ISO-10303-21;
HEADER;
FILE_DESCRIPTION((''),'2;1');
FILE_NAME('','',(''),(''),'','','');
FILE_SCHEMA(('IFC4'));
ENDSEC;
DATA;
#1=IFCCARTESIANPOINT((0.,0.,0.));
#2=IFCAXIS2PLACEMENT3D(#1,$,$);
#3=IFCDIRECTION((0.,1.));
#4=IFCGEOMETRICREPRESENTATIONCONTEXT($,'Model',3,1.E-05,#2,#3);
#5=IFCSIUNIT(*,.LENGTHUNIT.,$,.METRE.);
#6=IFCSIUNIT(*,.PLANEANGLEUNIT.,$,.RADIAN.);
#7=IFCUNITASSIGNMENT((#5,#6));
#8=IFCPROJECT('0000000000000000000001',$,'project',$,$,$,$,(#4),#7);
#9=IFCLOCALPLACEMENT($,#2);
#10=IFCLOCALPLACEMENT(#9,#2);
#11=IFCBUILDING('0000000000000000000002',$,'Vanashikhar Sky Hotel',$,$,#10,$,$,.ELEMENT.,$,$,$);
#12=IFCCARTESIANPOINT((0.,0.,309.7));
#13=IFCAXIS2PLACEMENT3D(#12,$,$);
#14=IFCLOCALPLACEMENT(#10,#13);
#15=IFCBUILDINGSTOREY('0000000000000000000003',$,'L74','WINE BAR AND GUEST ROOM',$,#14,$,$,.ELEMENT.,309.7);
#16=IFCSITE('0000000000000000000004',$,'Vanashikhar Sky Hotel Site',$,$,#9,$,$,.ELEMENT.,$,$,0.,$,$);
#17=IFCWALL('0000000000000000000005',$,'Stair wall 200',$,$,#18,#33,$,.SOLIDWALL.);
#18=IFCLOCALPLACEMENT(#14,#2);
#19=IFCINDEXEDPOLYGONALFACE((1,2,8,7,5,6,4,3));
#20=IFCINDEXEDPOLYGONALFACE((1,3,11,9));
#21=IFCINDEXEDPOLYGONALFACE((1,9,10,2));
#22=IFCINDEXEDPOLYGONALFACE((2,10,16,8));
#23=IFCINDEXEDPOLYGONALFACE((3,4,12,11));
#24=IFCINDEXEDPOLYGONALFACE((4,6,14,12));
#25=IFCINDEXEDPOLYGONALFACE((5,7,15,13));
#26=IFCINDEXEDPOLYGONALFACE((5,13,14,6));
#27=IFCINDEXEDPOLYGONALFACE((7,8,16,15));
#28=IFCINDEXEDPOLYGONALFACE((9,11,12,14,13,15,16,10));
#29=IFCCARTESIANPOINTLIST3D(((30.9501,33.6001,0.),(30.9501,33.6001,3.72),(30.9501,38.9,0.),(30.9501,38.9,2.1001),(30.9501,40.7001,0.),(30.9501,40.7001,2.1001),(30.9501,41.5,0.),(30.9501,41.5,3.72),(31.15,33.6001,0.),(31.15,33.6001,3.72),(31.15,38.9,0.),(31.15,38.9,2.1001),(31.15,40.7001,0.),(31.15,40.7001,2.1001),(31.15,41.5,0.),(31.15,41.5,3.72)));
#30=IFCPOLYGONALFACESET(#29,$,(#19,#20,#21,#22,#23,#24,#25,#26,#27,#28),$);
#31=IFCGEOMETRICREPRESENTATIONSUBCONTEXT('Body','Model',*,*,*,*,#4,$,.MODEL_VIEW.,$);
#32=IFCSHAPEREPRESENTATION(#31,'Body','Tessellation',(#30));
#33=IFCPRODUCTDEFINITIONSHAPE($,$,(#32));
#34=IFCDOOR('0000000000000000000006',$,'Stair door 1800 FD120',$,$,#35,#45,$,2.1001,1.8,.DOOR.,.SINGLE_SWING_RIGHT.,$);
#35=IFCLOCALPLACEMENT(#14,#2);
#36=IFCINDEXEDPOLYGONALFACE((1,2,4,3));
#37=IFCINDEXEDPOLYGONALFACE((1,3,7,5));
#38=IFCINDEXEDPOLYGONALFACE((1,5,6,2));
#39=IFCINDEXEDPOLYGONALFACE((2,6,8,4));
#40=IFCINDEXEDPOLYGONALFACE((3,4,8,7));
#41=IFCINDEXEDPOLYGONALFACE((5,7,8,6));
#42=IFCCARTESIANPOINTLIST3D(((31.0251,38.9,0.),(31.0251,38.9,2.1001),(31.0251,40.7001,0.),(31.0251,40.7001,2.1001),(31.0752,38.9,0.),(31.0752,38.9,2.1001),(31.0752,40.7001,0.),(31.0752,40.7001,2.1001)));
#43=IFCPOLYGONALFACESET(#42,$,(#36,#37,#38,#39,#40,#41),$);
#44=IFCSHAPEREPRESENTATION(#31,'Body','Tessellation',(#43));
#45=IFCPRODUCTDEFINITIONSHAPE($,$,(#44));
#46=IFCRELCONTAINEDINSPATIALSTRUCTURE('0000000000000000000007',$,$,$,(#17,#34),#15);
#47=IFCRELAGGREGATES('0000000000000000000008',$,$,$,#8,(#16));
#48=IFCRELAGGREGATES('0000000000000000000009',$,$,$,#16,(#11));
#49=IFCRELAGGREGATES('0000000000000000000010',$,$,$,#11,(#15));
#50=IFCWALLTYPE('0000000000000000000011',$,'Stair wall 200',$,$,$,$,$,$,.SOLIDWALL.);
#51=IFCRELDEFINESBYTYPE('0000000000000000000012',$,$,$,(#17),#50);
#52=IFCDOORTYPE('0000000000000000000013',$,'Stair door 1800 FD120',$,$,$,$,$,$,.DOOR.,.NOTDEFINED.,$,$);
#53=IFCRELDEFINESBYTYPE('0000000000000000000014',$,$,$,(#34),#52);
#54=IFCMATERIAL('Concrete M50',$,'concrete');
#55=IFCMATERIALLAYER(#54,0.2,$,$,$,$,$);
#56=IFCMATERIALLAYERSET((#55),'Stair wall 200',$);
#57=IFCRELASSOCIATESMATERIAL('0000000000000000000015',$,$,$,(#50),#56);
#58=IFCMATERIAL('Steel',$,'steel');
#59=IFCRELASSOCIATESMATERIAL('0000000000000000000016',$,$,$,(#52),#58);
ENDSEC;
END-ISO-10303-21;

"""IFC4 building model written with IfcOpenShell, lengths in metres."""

from ifc_helpers import new_model, si_unit, direction, frame, frame_2d, origin, place, context, subcontext, project, spatial, rectangle, extrude, source, transform, mapped, material, layer, layer_set, type_object, element, fill, save


model = new_model("IFC4")

# Units and contexts
model_context = context("Model", 3, precision=1e-05, world=origin(), true_north=direction((0.0, 1.0)))
body_context = subcontext(model_context, "Body", "Model", "MODEL_VIEW")
ifc_project = project(units=[si_unit("LENGTHUNIT", "METRE"), si_unit("PLANEANGLEUNIT", "RADIAN")], contexts=[model_context])

# Site, building, storey
site_placement = place(None, origin())
site = spatial("IfcSite", under=ifc_project, at=site_placement, Name="Vanashikhar Sky Hotel Site", CompositionType="ELEMENT", RefElevation=0.0)
building_placement = place(site_placement, origin())
building = spatial("IfcBuilding", under=site, at=building_placement, Name="Vanashikhar Sky Hotel", CompositionType="ELEMENT")
storey_placement = place(building_placement, frame((0.0, 0.0, 309.7)))
storey = spatial("IfcBuildingStorey", under=building, at=storey_placement, Name="L74", Description="WINE BAR AND GUEST ROOM", CompositionType="ELEMENT", Elevation=309.7)

# Shared definitions
ifc_material_1 = material(Name="Concrete M50", Category="concrete")
ifc_material_2 = material(Name="Steel", Category="steel")

# Shared definitions
ifc_layer_1 = layer(ifc_material_1, 0.2)
ifc_layer_set_1 = layer_set([ifc_layer_1], Name="Stair wall 200")
wall_type_1 = type_object("IfcWallType", Name="Stair wall 200", PredefinedType="SOLIDWALL", material=ifc_layer_set_1)

# Wall, opening, door
shared_shape_1 = source(origin(), body_context, "Body", "SweptSolid", [
    extrude(rectangle(XDim=7.8999, YDim=0.2, at=frame_2d((3.95, 0.0))), origin(), (0.0, 0.0, 1.0), 3.72),
])
wall_1_placement = place(storey_placement, frame((31.05, 33.6001, 0.0), z_axis=(0.0, 0.0, 1.0), x_axis=(0.0, 1.0, 0.0)))
wall_1 = element("IfcWall", 1, at=wall_1_placement, inside=storey, type_object=wall_type_1, Name="Stair wall 200", PredefinedType="SOLIDWALL", context=body_context, shape_type="MappedRepresentation", body=[
    mapped(shared_shape_1, transform((0.0, 0.0, 0.0), scale=1.0)),
])
shared_shape_2 = source(origin(), body_context, "Body", "SweptSolid", [
    extrude(rectangle(XDim=1.8, YDim=2.1001, at=frame_2d((0.8999, 1.05))), frame((0.0, 0.1099, 0.0), z_axis=(0.0, -1.0, 0.0), x_axis=(1.0, 0.0, 0.0)), (0.0, 0.0, 1.0), 0.22),
])
opening_1_placement = place(wall_1_placement, frame((5.3, 0.0, 0.0)))
opening_1 = element("IfcOpeningElement", 2, at=opening_1_placement, cuts=wall_1, PredefinedType="OPENING", context=body_context, shape_type="MappedRepresentation", body=[
    mapped(shared_shape_2, transform((0.0, 0.0, 0.0), scale=1.0)),
])
door_type_1 = type_object("IfcDoorType", Name="Stair door 1800 FD120", OperationType="NOTDEFINED", PredefinedType="DOOR", material=ifc_material_2)
shared_shape_3 = source(origin(), body_context, "Body", "SweptSolid", [
    extrude(rectangle(XDim=1.8, YDim=2.1001, at=frame_2d((0.8999, 1.05))), frame((0.0, 0.0249, 0.0), z_axis=(0.0, -1.0, 0.0), x_axis=(1.0, 0.0, 0.0)), (0.0, 0.0, 1.0), 0.05),
])
door_1_placement = place(opening_1_placement, origin())
door_1 = element("IfcDoor", 3, at=door_1_placement, inside=storey, type_object=door_type_1, Name="Stair door 1800 FD120", OperationType="SINGLE_SWING_RIGHT", OverallHeight=2.1001, OverallWidth=1.8, PredefinedType="DOOR", context=body_context, shape_type="MappedRepresentation", body=[
    mapped(shared_shape_3, transform((0.0, 0.0, 0.0), scale=1.0)),
])
fill(opening_1, door_1)

save(model, "model.ifc")
